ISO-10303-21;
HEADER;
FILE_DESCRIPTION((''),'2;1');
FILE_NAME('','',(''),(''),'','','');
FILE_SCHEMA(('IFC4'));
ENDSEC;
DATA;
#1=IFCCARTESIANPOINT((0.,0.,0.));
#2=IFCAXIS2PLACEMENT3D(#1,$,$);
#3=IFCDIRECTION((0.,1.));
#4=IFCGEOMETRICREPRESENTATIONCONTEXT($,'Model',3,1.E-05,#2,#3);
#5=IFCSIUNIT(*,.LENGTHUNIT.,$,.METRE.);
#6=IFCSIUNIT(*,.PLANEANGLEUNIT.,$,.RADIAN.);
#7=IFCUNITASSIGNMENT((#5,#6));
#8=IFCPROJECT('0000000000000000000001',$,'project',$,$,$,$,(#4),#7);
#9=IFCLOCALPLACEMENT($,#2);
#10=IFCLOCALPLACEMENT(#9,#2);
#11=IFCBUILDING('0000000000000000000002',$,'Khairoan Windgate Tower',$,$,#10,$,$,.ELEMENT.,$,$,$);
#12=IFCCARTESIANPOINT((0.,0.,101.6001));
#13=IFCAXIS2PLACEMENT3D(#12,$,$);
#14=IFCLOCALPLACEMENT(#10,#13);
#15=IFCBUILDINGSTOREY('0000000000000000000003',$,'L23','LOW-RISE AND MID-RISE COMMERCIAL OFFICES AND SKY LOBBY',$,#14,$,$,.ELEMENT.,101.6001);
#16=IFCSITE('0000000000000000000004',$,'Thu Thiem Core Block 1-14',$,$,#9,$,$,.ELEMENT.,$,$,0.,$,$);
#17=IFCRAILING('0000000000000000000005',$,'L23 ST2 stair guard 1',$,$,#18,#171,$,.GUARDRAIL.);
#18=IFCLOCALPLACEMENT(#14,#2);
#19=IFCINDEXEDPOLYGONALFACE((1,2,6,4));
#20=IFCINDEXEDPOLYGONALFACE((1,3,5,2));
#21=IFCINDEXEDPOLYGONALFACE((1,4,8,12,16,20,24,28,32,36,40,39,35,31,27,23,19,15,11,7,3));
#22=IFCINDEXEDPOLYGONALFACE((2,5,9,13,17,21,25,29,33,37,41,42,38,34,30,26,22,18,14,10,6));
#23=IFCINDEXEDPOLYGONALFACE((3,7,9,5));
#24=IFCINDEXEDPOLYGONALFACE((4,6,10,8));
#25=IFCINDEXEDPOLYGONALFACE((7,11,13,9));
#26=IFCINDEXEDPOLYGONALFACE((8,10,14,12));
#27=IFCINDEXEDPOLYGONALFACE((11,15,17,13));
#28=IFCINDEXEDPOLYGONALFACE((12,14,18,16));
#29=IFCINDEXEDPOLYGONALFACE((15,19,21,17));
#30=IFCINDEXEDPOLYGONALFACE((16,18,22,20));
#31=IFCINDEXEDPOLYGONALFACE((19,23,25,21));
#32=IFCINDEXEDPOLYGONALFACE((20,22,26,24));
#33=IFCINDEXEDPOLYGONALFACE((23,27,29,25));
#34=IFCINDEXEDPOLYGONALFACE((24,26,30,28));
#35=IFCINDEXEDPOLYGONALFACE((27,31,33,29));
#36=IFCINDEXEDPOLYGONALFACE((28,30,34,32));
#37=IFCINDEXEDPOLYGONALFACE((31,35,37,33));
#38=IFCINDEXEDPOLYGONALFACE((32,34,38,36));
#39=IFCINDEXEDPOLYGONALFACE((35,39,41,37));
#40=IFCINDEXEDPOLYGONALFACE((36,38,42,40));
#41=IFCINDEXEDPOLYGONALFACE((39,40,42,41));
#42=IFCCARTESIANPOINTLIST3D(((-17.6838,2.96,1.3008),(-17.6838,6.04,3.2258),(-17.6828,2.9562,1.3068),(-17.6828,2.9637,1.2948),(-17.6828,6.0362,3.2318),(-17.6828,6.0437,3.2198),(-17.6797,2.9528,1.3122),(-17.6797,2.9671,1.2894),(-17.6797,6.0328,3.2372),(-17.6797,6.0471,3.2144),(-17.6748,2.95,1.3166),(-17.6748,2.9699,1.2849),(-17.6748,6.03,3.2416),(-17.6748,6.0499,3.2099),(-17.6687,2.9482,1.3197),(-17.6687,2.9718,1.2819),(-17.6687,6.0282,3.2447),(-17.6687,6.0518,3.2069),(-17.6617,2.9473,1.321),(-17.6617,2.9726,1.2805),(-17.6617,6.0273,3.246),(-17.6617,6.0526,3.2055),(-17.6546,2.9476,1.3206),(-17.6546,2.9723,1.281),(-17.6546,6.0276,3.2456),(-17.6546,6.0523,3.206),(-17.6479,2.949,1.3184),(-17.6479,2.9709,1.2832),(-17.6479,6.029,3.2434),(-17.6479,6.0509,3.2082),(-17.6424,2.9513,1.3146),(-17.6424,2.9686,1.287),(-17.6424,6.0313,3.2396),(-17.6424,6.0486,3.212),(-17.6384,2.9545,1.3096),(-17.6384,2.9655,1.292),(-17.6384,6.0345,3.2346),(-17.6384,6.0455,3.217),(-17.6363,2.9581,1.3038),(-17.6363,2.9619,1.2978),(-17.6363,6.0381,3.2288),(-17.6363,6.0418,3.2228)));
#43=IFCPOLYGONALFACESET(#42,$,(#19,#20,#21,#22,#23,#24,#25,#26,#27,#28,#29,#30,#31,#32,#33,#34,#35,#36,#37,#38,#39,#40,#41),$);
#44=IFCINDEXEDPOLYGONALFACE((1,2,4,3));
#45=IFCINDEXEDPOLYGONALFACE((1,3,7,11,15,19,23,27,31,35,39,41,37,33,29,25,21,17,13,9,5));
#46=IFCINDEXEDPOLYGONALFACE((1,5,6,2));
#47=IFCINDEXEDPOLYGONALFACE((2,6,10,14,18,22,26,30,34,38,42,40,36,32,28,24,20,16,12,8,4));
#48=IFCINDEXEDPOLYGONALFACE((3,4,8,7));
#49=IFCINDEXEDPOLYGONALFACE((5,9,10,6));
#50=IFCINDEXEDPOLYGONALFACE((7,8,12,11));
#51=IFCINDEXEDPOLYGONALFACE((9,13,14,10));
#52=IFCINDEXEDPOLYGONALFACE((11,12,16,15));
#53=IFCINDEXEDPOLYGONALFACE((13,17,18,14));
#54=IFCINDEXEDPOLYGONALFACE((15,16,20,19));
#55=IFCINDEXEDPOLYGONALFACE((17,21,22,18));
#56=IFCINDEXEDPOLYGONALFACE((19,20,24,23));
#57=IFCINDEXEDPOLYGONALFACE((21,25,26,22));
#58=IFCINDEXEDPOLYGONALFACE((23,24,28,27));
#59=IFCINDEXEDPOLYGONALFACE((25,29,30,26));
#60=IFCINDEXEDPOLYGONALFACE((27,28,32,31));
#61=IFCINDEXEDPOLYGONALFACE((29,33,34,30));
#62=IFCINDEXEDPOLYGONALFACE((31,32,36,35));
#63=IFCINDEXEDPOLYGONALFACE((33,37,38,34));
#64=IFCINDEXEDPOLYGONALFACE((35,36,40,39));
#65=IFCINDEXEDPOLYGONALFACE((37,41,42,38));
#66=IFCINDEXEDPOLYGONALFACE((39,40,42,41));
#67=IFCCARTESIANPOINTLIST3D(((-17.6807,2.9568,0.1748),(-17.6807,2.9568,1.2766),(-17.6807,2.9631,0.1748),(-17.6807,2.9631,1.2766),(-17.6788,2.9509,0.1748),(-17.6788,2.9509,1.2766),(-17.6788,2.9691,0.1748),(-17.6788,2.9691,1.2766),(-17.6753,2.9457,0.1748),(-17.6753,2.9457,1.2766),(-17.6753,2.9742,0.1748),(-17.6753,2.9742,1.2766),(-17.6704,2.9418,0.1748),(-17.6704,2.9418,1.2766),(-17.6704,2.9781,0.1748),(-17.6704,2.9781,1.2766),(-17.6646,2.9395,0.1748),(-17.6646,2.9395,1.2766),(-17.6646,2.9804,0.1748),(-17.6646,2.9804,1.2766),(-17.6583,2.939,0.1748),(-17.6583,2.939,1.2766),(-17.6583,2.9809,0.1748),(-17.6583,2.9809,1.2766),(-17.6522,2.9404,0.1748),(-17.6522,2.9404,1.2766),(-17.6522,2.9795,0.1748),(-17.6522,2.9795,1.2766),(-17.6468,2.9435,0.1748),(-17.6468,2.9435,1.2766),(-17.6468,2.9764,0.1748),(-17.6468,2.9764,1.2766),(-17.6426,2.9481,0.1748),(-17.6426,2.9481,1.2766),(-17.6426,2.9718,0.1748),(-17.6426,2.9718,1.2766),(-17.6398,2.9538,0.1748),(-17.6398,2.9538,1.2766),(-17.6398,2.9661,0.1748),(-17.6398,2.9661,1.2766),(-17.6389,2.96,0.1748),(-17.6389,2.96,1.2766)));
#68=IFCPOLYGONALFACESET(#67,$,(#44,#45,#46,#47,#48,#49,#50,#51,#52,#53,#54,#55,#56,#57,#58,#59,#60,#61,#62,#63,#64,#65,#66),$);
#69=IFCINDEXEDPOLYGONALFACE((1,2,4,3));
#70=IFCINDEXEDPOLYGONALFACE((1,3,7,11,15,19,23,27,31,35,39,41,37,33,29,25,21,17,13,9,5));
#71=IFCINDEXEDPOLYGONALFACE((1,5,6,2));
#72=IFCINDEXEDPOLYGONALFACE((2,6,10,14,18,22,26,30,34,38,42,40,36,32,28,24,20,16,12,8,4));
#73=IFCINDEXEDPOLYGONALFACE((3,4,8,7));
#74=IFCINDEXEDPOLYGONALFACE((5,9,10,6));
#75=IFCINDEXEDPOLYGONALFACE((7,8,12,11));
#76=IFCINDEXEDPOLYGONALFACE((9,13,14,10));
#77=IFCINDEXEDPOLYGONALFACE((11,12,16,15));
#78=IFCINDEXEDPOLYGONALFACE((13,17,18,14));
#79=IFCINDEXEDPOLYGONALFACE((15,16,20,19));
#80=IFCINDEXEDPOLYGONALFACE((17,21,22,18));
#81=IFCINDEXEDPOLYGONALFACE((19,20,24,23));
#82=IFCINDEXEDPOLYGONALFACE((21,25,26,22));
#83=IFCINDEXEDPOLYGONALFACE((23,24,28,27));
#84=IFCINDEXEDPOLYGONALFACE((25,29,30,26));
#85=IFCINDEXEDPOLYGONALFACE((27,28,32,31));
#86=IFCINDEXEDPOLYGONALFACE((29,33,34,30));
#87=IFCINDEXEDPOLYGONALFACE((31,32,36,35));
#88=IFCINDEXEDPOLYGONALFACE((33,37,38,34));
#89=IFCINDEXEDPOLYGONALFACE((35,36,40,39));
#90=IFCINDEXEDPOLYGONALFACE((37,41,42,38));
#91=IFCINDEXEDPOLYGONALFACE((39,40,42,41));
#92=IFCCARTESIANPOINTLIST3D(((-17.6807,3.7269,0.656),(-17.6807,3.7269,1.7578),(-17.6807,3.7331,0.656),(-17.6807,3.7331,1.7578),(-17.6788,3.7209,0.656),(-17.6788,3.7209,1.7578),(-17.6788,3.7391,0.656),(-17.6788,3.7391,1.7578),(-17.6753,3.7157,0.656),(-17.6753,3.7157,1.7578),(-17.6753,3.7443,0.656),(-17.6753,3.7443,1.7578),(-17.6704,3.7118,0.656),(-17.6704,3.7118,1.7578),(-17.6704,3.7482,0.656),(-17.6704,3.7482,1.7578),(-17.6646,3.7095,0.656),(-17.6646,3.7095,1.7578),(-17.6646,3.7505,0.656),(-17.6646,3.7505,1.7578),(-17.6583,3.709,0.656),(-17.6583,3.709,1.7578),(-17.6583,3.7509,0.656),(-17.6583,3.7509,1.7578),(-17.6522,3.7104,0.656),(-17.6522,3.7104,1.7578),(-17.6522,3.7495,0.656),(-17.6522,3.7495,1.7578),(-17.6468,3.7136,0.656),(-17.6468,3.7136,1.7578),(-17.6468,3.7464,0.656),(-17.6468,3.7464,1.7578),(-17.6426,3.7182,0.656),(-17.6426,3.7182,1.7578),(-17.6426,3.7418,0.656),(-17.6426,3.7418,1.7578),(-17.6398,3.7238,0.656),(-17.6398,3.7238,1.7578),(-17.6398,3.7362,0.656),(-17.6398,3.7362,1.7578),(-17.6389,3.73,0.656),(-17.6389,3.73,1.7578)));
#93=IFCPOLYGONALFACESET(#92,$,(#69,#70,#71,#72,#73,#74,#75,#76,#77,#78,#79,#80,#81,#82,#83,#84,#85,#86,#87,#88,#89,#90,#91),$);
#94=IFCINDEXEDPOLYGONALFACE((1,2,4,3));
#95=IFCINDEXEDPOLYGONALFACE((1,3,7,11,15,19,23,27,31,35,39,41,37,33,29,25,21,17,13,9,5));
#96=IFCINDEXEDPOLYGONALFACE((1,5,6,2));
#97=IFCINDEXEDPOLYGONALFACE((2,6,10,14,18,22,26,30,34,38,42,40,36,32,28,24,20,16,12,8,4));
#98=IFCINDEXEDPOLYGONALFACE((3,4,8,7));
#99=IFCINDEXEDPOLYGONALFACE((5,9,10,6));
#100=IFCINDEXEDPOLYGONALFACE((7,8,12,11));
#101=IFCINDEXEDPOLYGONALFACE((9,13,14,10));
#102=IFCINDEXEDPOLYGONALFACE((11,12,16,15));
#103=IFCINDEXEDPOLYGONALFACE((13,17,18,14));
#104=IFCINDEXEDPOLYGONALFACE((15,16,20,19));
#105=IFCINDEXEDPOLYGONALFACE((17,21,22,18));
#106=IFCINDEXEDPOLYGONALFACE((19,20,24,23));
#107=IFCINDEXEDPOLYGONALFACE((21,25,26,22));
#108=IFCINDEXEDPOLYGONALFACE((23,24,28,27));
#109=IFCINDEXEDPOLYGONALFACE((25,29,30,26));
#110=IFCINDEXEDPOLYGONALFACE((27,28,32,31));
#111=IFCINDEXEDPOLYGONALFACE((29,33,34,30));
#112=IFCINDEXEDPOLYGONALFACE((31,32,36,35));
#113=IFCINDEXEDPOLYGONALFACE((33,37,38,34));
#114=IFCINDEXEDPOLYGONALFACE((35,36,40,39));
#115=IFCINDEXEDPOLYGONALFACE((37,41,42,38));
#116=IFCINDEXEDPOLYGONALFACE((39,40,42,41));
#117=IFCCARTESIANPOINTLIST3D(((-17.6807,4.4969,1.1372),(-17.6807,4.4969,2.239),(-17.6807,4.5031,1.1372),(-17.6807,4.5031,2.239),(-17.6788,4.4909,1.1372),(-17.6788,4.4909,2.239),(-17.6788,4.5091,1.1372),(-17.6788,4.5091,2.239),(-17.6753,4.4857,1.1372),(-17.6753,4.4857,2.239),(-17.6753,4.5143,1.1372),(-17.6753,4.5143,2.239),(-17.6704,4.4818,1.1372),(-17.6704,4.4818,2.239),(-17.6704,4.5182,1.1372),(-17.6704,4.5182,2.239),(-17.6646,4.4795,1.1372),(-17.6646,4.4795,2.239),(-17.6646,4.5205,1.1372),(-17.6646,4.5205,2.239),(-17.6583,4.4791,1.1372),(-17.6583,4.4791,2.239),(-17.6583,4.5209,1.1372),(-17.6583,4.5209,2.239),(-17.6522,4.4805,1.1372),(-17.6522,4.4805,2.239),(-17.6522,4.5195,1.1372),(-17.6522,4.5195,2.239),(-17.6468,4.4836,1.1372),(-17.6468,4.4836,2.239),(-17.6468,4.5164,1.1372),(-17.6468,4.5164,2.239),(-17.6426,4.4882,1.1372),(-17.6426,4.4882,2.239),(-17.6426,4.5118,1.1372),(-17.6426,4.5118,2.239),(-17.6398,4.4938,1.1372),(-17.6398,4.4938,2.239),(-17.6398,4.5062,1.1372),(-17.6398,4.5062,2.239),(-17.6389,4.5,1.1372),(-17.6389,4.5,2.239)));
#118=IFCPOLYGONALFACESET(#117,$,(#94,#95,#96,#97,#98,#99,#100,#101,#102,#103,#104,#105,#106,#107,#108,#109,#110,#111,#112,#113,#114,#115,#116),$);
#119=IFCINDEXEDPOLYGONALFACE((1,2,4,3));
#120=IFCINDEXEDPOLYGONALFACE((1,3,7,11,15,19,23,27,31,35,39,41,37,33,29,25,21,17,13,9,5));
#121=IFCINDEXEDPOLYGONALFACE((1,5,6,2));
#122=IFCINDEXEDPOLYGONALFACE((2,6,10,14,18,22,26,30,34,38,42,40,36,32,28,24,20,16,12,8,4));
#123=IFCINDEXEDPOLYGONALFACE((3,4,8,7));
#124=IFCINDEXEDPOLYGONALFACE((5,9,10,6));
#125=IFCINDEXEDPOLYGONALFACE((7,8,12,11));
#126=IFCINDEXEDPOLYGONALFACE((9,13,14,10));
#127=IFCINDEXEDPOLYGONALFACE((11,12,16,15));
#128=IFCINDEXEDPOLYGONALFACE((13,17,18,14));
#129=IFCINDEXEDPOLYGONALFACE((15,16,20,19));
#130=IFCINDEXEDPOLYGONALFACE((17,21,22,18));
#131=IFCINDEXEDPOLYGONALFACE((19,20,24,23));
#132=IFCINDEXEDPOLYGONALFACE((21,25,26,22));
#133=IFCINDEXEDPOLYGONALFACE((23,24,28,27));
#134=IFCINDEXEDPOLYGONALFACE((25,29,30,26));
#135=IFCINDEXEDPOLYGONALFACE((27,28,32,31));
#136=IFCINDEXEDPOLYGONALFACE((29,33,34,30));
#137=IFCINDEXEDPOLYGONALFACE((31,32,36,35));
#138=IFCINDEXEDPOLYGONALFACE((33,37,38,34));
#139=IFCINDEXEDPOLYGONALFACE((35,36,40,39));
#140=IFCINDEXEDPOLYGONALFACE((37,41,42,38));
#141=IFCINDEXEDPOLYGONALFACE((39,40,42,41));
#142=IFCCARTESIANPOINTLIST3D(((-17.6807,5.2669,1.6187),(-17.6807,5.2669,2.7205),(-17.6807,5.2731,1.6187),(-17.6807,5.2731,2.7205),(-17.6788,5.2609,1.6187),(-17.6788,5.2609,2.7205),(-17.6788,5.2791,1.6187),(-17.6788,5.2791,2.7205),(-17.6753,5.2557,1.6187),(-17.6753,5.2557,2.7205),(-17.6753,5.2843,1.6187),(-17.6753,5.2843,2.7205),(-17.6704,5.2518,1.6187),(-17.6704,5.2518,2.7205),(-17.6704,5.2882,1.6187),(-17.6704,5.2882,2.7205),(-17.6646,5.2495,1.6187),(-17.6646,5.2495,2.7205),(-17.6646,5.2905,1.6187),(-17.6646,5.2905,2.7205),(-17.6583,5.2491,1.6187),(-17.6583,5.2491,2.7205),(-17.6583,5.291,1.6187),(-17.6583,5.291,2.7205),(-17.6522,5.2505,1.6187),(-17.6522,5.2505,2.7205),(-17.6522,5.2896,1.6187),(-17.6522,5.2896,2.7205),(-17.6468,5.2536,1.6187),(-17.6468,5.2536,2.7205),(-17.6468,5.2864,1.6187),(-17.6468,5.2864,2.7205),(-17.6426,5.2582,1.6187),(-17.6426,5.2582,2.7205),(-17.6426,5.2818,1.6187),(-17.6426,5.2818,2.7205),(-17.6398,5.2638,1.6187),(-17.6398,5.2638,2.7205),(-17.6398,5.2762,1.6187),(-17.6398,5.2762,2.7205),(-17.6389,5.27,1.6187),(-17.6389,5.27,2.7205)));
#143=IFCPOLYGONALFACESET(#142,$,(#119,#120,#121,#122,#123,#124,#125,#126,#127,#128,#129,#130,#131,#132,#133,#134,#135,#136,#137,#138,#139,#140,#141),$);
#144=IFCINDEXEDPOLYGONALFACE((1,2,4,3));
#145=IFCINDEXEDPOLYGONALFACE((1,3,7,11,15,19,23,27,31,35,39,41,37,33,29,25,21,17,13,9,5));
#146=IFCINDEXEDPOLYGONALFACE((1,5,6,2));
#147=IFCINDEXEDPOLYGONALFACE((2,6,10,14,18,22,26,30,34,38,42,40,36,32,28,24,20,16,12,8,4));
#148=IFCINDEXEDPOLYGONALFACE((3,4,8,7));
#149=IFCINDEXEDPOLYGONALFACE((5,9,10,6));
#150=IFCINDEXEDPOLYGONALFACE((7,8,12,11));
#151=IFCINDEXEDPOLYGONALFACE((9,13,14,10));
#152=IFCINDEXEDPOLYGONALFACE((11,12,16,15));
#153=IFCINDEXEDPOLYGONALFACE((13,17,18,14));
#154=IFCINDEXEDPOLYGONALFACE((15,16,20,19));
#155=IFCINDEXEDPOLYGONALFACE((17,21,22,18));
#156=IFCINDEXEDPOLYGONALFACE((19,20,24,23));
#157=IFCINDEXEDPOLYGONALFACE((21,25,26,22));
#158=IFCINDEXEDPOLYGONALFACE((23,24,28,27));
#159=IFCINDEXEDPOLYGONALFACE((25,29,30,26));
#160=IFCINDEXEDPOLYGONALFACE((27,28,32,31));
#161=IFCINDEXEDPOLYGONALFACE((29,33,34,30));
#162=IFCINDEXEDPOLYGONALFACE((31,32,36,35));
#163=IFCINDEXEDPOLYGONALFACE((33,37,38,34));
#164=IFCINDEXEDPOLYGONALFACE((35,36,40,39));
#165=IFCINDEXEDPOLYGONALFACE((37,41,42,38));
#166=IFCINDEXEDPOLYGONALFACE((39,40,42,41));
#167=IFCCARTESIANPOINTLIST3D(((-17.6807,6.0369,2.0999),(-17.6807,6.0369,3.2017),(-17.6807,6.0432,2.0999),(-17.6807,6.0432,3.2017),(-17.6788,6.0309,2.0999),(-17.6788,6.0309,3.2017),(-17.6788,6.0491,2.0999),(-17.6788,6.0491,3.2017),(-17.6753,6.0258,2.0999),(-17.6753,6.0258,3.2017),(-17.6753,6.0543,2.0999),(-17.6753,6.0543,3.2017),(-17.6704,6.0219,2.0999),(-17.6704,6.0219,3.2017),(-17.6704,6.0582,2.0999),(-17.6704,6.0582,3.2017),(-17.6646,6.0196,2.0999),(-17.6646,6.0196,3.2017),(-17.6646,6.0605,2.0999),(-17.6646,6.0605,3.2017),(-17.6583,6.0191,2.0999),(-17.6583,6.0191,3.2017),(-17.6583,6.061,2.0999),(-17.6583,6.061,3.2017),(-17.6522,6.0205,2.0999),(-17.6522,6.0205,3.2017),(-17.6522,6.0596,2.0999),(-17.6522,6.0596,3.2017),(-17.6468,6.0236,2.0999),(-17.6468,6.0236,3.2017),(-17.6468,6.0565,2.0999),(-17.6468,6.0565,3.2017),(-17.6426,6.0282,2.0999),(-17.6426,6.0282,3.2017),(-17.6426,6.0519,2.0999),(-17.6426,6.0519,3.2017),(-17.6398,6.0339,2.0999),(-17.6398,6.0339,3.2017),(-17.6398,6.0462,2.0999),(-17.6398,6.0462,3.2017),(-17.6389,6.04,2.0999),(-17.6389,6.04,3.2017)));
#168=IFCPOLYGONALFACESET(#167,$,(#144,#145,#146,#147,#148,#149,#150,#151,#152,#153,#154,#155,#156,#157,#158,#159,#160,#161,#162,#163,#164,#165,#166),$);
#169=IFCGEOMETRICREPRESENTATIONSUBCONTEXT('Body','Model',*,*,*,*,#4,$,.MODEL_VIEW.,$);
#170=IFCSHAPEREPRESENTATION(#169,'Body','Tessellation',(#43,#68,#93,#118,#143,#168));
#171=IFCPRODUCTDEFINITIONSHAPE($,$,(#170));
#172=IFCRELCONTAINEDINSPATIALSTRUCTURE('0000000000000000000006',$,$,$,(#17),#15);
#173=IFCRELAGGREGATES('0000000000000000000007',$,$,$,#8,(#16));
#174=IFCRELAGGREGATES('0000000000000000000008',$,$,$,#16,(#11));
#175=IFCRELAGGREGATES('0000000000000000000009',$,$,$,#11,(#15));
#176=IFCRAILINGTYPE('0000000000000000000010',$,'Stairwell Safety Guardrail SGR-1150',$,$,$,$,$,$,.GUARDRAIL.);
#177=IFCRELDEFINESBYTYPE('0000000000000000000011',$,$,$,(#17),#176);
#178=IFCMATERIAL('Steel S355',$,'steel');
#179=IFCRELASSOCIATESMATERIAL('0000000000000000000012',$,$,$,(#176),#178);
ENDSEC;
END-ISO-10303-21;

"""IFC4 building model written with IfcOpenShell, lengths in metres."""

from ifc_helpers import new_model, si_unit, direction, frame, origin, origin_2d, place, context, subcontext, project, spatial, circle, extrude, material, type_object, element, save


model = new_model("IFC4")

# Units and contexts
model_context = context("Model", 3, precision=1e-05, world=origin(), true_north=direction((0.0, 1.0)))
body_context = subcontext(model_context, "Body", "Model", "MODEL_VIEW")
ifc_project = project(units=[si_unit("LENGTHUNIT", "METRE"), si_unit("PLANEANGLEUNIT", "RADIAN")], contexts=[model_context])

# Site, building, storey
site_placement = place(None, origin())
site = spatial("IfcSite", under=ifc_project, at=site_placement, Name="Thu Thiem Core Block 1-14", CompositionType="ELEMENT", RefElevation=0.0)
building_placement = place(site_placement, origin())
building = spatial("IfcBuilding", under=site, at=building_placement, Name="Khairoan Windgate Tower", CompositionType="ELEMENT")
storey_placement = place(building_placement, frame((0.0, 0.0, 101.6001)))
storey = spatial("IfcBuildingStorey", under=building, at=storey_placement, Name="L23", Description="LOW-RISE AND MID-RISE COMMERCIAL OFFICES AND SKY LOBBY", CompositionType="ELEMENT", Elevation=101.6001)

# Railing
ifc_material_1 = material(Name="Steel S355", Category="steel")
railing_type_1 = type_object("IfcRailingType", Name="Stairwell Safety Guardrail SGR-1150", PredefinedType="GUARDRAIL", material=ifc_material_1)
railing_1_placement = place(storey_placement, frame((-17.6599, 2.96, 0.1748)))
element("IfcRailing", 1, at=railing_1_placement, inside=storey, type_object=railing_type_1, Name="L23 ST2 stair guard 1", PredefinedType="GUARDRAIL", context=body_context, shape_type="SweptSolid", body=[
    extrude(circle(Radius=0.0239, at=origin_2d()), frame((0.0, 0.0, 1.126), z_axis=(0.0, 0.847998, 0.529999), x_axis=(-1.0, 0.0, 0.0)), (0.0, 0.0, 1.0), 3.6321),
    extrude(circle(Radius=0.021, at=origin_2d()), origin(), (0.0, 0.0, 1.0), 1.1018),
    extrude(circle(Radius=0.021, at=origin_2d()), frame((0.0, 0.77, 0.4812)), (0.0, 0.0, 1.0), 1.1018),
    extrude(circle(Radius=0.021, at=origin_2d()), frame((0.0, 1.54, 0.9624)), (0.0, 0.0, 1.0), 1.1018),
    extrude(circle(Radius=0.021, at=origin_2d()), frame((0.0, 2.3101, 1.4438)), (0.0, 0.0, 1.0), 1.1018),
    extrude(circle(Radius=0.021, at=origin_2d()), frame((0.0, 3.0801, 1.925)), (0.0, 0.0, 1.0), 1.1018),
])

save(model, "model.ifc")
